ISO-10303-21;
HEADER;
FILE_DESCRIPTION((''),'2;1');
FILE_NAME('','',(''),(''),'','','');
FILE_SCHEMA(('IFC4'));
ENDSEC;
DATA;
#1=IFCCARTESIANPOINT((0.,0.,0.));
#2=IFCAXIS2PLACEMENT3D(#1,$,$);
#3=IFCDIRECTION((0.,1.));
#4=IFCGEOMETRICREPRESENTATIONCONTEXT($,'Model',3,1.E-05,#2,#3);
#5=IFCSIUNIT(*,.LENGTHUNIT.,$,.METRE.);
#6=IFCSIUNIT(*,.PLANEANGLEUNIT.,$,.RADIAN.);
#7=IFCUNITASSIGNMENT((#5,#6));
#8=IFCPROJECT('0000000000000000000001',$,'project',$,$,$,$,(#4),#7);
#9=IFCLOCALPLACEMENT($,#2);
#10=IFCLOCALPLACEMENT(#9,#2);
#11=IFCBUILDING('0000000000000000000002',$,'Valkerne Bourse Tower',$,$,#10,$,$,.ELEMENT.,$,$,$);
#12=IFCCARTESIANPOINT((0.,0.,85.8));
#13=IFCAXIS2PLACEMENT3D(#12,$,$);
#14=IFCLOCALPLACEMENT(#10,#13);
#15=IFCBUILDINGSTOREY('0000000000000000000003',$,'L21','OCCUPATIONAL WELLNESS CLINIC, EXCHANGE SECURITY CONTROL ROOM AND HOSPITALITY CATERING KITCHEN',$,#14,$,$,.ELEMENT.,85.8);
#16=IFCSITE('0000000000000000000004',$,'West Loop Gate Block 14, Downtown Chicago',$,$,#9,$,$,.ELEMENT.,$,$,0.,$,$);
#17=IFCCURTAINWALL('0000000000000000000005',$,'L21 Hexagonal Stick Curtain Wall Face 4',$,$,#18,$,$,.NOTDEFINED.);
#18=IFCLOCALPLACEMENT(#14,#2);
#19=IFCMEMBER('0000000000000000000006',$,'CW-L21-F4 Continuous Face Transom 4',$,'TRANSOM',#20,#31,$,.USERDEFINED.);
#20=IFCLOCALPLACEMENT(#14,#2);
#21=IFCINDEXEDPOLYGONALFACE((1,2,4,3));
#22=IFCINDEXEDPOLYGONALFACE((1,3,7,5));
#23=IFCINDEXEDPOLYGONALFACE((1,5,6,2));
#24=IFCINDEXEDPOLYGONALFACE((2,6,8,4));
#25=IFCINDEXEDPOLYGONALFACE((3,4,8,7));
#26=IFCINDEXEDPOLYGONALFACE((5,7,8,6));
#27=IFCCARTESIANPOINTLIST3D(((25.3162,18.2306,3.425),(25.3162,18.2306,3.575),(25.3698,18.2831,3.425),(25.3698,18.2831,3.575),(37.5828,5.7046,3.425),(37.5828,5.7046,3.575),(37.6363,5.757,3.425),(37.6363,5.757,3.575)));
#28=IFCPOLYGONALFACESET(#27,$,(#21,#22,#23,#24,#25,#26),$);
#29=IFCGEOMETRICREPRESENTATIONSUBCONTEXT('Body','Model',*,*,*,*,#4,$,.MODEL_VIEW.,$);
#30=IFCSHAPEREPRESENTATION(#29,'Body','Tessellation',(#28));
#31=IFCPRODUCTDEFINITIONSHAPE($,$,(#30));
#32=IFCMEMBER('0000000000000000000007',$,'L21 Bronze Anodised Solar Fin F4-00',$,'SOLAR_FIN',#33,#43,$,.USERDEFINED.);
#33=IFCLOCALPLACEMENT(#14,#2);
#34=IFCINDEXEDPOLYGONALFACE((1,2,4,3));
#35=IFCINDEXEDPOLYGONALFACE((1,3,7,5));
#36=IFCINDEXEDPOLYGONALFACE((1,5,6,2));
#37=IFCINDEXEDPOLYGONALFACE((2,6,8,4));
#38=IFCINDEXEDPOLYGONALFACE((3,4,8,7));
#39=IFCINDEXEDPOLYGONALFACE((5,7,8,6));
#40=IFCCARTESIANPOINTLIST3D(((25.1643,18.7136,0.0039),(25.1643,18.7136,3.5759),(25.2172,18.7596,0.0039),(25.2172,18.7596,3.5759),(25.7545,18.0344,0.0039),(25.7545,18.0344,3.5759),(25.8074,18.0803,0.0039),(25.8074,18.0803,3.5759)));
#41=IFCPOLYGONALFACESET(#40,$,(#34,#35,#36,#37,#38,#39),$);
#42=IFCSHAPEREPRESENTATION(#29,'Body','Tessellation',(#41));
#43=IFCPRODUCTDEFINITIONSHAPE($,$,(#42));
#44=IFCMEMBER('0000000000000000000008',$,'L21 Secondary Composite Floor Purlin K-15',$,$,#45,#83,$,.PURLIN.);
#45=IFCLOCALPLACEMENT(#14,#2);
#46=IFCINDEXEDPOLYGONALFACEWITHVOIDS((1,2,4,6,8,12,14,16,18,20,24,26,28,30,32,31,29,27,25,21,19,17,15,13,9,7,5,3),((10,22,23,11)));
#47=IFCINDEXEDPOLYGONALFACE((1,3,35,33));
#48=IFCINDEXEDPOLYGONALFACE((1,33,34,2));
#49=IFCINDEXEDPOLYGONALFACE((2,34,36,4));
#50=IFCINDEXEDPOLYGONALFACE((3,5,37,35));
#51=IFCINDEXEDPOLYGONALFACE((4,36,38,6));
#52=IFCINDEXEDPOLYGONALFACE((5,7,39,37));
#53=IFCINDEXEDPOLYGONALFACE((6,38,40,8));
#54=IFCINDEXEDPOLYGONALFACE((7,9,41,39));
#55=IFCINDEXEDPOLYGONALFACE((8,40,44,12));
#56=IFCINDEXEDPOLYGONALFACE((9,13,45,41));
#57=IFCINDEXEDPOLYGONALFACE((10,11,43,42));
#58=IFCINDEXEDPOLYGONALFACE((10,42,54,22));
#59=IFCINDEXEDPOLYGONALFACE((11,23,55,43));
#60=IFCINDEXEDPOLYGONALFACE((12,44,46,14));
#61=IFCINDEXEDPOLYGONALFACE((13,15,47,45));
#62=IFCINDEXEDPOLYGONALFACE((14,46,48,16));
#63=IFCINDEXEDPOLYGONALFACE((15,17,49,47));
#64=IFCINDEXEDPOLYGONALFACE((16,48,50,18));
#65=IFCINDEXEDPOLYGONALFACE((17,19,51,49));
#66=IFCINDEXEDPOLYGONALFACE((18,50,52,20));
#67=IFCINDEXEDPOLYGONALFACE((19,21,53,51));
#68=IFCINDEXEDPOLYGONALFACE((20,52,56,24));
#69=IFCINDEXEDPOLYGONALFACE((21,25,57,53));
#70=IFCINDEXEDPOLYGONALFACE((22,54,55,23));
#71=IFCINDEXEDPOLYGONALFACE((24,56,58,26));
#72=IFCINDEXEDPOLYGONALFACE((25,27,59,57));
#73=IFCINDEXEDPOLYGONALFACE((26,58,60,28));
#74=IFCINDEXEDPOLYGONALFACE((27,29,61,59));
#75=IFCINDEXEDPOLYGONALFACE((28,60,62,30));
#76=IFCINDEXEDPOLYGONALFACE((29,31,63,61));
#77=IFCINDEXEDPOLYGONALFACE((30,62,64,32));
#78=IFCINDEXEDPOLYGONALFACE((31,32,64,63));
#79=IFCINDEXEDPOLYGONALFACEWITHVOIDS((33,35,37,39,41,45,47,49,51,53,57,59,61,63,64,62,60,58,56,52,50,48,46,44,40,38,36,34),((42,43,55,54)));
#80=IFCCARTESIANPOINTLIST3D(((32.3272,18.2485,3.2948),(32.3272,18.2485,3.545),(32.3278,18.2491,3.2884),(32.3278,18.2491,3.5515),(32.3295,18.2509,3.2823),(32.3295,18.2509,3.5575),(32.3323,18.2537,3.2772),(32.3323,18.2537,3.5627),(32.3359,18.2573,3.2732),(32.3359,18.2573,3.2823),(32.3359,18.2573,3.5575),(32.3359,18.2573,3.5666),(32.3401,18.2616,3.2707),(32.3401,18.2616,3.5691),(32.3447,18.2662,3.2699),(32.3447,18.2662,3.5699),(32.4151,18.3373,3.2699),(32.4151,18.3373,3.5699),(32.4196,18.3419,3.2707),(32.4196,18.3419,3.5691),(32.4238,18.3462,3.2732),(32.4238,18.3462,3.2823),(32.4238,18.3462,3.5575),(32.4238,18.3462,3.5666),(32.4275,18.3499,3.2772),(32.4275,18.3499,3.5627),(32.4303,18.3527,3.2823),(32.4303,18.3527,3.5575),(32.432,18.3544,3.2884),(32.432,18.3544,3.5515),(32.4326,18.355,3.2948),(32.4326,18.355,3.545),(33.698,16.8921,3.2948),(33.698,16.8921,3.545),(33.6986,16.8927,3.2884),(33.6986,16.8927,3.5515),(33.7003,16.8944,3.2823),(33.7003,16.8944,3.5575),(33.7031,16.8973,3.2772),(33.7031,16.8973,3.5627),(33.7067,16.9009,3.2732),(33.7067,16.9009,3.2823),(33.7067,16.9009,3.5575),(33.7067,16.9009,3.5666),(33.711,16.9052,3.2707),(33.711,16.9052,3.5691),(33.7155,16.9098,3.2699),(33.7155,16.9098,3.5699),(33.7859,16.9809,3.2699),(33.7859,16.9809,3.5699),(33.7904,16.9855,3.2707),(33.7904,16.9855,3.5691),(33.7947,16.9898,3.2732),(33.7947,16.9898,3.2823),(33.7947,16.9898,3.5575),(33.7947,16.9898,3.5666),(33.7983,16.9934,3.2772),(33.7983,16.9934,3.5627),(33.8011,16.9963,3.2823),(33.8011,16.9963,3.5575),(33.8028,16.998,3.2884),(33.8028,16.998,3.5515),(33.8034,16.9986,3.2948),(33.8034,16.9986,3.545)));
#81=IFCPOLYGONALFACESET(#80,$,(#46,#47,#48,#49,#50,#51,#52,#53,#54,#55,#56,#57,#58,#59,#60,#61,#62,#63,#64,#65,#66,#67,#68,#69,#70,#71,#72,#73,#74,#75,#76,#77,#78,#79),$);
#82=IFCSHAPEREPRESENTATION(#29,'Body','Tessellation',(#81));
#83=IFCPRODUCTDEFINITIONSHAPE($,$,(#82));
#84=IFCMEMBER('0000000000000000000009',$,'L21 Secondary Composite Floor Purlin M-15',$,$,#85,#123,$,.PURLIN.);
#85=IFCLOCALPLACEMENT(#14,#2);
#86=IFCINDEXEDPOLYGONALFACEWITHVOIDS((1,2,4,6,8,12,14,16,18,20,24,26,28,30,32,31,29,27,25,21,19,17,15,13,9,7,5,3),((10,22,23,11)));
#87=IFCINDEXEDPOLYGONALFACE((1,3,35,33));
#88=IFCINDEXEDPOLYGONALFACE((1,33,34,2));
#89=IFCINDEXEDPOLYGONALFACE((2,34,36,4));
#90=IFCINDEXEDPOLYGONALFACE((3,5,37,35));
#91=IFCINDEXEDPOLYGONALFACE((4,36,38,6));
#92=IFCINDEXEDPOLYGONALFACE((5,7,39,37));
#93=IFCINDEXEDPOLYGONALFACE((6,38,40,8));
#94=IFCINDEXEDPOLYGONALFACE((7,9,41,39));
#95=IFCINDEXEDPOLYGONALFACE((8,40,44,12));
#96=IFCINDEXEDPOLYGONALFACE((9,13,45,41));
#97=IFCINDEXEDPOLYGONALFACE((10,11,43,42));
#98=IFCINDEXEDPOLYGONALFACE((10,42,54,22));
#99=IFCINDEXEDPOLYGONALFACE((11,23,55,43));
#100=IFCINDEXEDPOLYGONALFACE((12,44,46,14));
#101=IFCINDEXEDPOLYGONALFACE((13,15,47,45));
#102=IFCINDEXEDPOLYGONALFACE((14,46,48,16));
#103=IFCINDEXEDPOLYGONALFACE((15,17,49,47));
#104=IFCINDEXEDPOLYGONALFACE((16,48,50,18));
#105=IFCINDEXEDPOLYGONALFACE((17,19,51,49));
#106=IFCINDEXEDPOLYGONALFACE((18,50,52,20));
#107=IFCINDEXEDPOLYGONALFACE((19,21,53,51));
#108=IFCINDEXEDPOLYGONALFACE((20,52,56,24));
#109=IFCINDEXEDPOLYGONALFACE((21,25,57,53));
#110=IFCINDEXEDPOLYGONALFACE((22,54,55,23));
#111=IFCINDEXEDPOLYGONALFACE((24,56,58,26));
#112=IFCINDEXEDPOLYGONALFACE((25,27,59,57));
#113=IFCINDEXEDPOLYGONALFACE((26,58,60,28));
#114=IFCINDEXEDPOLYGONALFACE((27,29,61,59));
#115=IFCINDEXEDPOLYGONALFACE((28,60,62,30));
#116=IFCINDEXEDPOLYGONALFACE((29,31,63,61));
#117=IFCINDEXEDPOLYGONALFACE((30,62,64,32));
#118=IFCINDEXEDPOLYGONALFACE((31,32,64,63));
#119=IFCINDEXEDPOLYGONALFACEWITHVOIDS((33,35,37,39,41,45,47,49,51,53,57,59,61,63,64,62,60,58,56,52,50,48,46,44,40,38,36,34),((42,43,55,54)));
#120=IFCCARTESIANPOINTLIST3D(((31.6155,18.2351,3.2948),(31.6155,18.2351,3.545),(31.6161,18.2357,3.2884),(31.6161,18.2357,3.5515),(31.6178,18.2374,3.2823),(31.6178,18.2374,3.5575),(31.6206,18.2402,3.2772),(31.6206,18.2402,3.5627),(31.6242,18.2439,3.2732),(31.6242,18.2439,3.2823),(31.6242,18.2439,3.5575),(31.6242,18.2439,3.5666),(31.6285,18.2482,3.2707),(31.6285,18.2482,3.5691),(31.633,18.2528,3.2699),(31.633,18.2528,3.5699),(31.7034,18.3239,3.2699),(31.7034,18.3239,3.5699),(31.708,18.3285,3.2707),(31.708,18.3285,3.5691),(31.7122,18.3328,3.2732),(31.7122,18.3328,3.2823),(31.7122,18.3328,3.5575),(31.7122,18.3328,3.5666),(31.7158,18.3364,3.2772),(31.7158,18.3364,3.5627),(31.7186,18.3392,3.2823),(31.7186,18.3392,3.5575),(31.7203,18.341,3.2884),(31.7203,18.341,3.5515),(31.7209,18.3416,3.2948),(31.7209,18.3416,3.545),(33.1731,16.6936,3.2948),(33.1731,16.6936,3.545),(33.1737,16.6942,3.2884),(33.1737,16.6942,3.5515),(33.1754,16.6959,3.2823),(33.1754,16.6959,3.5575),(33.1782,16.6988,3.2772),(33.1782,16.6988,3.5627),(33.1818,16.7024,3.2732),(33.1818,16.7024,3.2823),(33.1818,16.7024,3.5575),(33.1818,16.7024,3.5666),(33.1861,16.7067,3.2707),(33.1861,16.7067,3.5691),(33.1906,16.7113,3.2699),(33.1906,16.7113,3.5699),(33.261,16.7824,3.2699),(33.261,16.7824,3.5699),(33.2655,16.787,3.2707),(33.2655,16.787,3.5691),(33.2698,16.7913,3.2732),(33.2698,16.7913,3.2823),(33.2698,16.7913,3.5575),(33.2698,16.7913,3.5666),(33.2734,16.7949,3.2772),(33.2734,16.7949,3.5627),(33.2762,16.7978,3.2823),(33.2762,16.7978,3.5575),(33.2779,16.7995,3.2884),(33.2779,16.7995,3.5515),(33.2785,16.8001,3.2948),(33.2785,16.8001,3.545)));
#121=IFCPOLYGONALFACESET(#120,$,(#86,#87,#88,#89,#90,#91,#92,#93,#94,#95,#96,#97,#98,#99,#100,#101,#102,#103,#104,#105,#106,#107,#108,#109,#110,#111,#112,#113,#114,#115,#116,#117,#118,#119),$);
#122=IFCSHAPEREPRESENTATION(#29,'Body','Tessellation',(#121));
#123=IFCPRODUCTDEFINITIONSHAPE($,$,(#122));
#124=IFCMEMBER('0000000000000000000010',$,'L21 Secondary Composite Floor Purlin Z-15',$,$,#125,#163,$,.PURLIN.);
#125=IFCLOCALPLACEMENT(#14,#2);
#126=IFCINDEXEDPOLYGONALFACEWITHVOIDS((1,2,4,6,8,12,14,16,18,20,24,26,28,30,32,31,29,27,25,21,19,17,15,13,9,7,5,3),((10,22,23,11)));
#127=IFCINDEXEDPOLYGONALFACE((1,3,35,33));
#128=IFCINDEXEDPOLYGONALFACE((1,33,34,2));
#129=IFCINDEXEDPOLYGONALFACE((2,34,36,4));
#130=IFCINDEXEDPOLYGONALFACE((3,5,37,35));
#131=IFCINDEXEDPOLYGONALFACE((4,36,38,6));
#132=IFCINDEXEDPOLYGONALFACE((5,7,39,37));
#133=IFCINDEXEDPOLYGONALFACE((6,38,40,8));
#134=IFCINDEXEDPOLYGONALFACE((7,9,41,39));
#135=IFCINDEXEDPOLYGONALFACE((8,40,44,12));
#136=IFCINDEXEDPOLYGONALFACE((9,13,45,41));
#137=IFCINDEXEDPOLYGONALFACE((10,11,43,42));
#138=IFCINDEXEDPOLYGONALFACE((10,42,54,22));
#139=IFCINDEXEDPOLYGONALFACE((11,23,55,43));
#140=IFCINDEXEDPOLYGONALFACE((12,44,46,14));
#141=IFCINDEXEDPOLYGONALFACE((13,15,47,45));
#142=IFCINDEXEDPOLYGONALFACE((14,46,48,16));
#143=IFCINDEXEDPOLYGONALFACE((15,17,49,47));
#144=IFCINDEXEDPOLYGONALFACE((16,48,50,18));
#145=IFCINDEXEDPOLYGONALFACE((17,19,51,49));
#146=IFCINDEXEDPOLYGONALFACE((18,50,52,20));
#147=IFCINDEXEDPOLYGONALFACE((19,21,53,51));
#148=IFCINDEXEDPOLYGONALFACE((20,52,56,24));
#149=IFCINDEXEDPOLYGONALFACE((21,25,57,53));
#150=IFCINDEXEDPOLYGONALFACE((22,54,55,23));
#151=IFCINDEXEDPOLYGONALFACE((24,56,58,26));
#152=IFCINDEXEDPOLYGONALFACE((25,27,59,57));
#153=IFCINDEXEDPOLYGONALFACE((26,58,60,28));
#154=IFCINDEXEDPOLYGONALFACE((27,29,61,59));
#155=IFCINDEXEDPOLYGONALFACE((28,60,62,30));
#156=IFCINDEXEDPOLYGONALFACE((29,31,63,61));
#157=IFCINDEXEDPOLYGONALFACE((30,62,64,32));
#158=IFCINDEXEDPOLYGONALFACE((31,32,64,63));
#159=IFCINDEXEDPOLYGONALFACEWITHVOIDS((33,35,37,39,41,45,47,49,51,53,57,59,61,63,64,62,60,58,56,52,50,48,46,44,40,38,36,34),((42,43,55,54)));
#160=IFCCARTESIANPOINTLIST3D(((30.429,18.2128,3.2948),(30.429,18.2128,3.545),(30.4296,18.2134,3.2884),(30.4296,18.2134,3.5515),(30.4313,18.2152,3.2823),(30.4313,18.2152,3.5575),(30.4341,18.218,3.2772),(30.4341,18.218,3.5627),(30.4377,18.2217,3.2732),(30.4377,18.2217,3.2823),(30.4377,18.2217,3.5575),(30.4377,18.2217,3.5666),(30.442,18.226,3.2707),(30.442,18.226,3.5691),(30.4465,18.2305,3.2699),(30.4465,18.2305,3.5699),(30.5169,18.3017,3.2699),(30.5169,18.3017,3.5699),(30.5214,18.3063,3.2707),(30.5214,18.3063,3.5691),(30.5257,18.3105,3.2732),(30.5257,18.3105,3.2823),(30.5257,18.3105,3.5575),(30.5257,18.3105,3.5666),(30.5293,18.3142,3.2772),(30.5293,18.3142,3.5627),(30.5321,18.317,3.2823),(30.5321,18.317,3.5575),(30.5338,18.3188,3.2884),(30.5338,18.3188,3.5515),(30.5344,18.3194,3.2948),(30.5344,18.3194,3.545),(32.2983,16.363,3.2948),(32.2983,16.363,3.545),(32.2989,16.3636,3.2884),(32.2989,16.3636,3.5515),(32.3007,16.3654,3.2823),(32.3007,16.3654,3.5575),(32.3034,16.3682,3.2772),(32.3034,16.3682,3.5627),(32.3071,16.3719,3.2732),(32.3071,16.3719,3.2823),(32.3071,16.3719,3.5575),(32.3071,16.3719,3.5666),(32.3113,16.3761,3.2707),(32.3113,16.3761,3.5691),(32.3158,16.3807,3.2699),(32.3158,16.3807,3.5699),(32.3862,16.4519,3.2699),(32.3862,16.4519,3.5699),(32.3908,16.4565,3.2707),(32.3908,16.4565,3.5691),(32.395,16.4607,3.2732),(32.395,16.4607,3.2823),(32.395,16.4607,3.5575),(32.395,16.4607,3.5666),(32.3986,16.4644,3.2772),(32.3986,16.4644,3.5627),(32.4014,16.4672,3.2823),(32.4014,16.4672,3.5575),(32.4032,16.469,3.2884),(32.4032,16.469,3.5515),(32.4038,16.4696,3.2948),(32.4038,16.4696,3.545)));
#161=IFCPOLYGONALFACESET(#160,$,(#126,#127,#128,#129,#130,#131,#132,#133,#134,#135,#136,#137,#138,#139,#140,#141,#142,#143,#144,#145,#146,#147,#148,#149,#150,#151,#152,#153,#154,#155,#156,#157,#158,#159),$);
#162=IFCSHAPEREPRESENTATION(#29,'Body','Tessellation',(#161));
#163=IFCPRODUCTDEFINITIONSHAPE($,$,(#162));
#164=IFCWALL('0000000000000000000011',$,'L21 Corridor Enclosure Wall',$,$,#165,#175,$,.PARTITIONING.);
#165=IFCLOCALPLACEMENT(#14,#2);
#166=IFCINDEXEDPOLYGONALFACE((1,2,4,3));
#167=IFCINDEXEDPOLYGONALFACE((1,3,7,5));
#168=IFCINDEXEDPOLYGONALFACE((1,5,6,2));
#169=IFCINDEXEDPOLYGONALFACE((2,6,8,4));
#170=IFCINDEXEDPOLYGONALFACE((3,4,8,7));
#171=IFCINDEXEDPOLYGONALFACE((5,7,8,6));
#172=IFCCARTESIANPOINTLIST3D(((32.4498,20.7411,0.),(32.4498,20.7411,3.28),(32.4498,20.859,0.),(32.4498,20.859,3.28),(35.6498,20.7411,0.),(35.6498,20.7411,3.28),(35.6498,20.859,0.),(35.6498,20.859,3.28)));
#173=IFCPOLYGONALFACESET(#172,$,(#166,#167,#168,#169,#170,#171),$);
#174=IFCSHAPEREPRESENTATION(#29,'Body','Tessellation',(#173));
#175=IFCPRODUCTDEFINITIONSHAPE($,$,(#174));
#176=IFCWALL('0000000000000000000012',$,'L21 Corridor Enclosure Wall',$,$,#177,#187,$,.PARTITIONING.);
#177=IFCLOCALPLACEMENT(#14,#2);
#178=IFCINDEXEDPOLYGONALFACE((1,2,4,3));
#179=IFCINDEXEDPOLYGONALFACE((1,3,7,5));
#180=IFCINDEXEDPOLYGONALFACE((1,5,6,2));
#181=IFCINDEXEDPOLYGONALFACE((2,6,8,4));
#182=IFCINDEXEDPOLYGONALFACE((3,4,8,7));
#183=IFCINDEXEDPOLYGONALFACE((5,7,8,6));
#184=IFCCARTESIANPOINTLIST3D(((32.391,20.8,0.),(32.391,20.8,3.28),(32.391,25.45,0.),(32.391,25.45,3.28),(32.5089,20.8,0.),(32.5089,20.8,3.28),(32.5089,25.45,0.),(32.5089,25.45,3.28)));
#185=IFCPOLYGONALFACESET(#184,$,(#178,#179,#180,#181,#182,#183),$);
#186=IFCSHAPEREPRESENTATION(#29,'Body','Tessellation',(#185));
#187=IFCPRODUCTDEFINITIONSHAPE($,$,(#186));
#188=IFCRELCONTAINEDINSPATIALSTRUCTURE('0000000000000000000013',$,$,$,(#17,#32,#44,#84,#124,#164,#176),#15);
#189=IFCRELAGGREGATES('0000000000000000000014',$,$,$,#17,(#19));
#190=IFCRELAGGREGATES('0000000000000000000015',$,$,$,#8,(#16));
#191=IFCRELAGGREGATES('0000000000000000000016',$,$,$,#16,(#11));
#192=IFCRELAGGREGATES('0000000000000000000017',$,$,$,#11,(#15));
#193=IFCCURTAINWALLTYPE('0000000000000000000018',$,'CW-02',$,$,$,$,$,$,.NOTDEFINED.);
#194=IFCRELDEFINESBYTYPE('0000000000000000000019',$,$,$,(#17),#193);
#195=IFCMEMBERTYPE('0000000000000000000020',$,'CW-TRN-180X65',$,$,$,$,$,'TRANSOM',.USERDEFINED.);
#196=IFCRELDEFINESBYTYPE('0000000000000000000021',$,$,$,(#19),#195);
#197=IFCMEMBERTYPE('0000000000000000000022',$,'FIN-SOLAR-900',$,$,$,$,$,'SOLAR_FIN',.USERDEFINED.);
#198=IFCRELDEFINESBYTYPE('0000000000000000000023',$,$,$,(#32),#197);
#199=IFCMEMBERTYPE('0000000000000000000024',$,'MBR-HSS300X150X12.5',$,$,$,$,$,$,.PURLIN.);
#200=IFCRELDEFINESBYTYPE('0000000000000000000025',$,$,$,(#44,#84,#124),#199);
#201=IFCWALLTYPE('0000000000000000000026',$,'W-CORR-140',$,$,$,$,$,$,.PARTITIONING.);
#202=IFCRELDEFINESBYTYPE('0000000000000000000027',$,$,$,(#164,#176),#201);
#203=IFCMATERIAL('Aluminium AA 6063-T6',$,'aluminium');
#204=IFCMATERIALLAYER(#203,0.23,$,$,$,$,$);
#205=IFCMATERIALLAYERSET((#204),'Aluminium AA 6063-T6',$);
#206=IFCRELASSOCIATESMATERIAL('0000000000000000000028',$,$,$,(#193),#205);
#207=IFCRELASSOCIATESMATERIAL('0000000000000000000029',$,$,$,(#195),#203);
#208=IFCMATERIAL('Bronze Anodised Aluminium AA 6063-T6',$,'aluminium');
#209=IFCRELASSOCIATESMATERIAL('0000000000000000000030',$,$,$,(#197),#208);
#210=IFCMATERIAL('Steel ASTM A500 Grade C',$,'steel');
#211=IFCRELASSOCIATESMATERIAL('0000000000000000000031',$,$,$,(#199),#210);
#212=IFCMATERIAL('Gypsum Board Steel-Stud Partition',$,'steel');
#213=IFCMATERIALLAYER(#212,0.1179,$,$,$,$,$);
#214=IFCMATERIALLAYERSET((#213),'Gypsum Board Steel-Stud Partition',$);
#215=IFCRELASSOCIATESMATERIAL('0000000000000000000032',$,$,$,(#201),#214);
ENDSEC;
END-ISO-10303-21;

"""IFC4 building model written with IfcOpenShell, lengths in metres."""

from ifc_helpers import new_model, si_unit, direction, frame, frame_2d, origin, origin_2d, place, context, subcontext, project, spatial, rectangle, hollow_rectangle, extrude, material, layer, layer_set, material_profile, profile_set, type_object, element, aggregate, save


model = new_model("IFC4")

# Units and contexts
model_context = context("Model", 3, precision=1e-05, world=origin(), true_north=direction((0.0, 1.0)))
body_context = subcontext(model_context, "Body", "Model", "MODEL_VIEW")
ifc_project = project(units=[si_unit("LENGTHUNIT", "METRE"), si_unit("PLANEANGLEUNIT", "RADIAN")], contexts=[model_context])

# Site, building, storey
site_placement = place(None, origin())
site = spatial("IfcSite", under=ifc_project, at=site_placement, Name="West Loop Gate Block 14, Downtown Chicago", CompositionType="ELEMENT", RefElevation=0.0)
building_placement = place(site_placement, origin())
building = spatial("IfcBuilding", under=site, at=building_placement, Name="Valkerne Bourse Tower", CompositionType="ELEMENT")
storey_placement = place(building_placement, frame((0.0, 0.0, 85.8)))
storey = spatial("IfcBuildingStorey", under=building, at=storey_placement, Name="L21", Description="OCCUPATIONAL WELLNESS CLINIC, EXCHANGE SECURITY CONTROL ROOM AND HOSPITALITY CATERING KITCHEN", CompositionType="ELEMENT", Elevation=85.8)

# Curtain wall, member
ifc_material_1 = material(Name="Aluminium AA 6063-T6", Category="aluminium")
ifc_layer_1 = layer(ifc_material_1, 0.23)
ifc_layer_set_1 = layer_set([ifc_layer_1], Name="Aluminium AA 6063-T6")
curtain_wall_type = type_object("IfcCurtainWallType", Name="CW-02", PredefinedType="NOTDEFINED", material=ifc_layer_set_1)
curtain_wall_placement = place(storey_placement, origin())
curtain_wall = element("IfcCurtainWall", 1, at=curtain_wall_placement, inside=storey, type_object=curtain_wall_type, Name="L21 Hexagonal Stick Curtain Wall Face 4", PredefinedType="NOTDEFINED")
ifc_material_profile_1 = material_profile(ifc_material_1, rectangle(XDim=0.075, YDim=0.1499, at=origin_2d()), Name="CWT-75X150")
ifc_profile_set_1 = profile_set([ifc_material_profile_1], Name="Aluminium AA 6063-T6")
member_type_1 = type_object("IfcMemberType", Name="CW-TRN-180X65", ElementType="TRANSOM", PredefinedType="USERDEFINED", material=ifc_profile_set_1)
member_1_placement = place(storey_placement, frame((25.343, 18.2568, 3.5), z_axis=(0.699667, -0.714469, 0.0), x_axis=(0.714469, 0.699667, 0.0)))
member_1 = element("IfcMember", 2, at=member_1_placement, type_object=member_type_1, Name="CW-L21-F4 Continuous Face Transom 4", ObjectType="TRANSOM", PredefinedType="USERDEFINED", context=body_context, shape_type="SweptSolid", body=[
    extrude(rectangle(XDim=0.075, YDim=0.1499, at=origin_2d()), origin(), (0.0, 0.0, 1.0), 17.532),
])
aggregate(curtain_wall, [member_1])

# Members
ifc_material_2 = material(Name="Bronze Anodised Aluminium AA 6063-T6", Category="aluminium")
ifc_material_profile_2 = material_profile(ifc_material_2, rectangle(XDim=0.0701, YDim=0.8999, at=origin_2d()), Name="FIN-70X900")
ifc_profile_set_2 = profile_set([ifc_material_profile_2], Name="Bronze Anodised Aluminium AA 6063-T6")
member_type_2 = type_object("IfcMemberType", Name="FIN-SOLAR-900", ElementType="SOLAR_FIN", PredefinedType="USERDEFINED", material=ifc_profile_set_2)
member_2_placement = place(storey_placement, frame((25.4858, 18.397, 0.0039), z_axis=(0.0, 0.0, 1.0), x_axis=(-0.754843, -0.655906, 0.0)))
element("IfcMember", 3, at=member_2_placement, inside=storey, type_object=member_type_2, Name="L21 Bronze Anodised Solar Fin F4-00", ObjectType="SOLAR_FIN", PredefinedType="USERDEFINED", context=body_context, shape_type="SweptSolid", body=[
    extrude(rectangle(XDim=0.0701, YDim=0.8999, at=origin_2d()), origin(), (0.0, 0.0, 1.0), 3.572),
])
ifc_material_3 = material(Name="Steel ASTM A500 Grade C", Category="steel")
ifc_material_profile_3 = material_profile(ifc_material_3, hollow_rectangle(XDim=0.1499, YDim=0.3, WallThickness=0.0125, OuterFilletRadius=0.0249, at=origin_2d()), Name="HSS300X150X12.5")
ifc_profile_set_3 = profile_set([ifc_material_profile_3], Name="Steel ASTM A500 Grade C")
member_type_3 = type_object("IfcMemberType", Name="MBR-HSS300X150X12.5", PredefinedType="PURLIN", material=ifc_profile_set_3)
member_3_placement = place(storey_placement, frame((32.3799, 18.3018, 3.4199), z_axis=(0.710831, -0.703362, 0.0), x_axis=(0.703362, 0.710831, 0.0)))
element("IfcMember", 4, at=member_3_placement, inside=storey, type_object=member_type_3, Name="L21 Secondary Composite Floor Purlin K-15", PredefinedType="PURLIN", context=body_context, shape_type="SweptSolid", body=[
    extrude(hollow_rectangle(XDim=0.1499, YDim=0.3, WallThickness=0.0125, OuterFilletRadius=0.0249, at=origin_2d()), origin(), (0.0, 0.0, 1.0), 1.9285),
])
member_4_placement = place(storey_placement, frame((31.6682, 18.2883, 3.4199), z_axis=(0.710774, -0.703421, 0.0), x_axis=(0.703421, 0.710774, 0.0)))
element("IfcMember", 5, at=member_4_placement, inside=storey, type_object=member_type_3, Name="L21 Secondary Composite Floor Purlin M-15", PredefinedType="PURLIN", context=body_context, shape_type="SweptSolid", body=[
    extrude(hollow_rectangle(XDim=0.1499, YDim=0.3, WallThickness=0.0125, OuterFilletRadius=0.0249, at=origin_2d()), origin(), (0.0, 0.0, 1.0), 2.1914),
])
member_5_placement = place(storey_placement, frame((30.4817, 18.2661, 3.4199), z_axis=(0.71081, -0.703384, 0.0), x_axis=(0.703384, 0.71081, 0.0)))
element("IfcMember", 6, at=member_5_placement, inside=storey, type_object=member_type_3, Name="L21 Secondary Composite Floor Purlin Z-15", PredefinedType="PURLIN", context=body_context, shape_type="SweptSolid", body=[
    extrude(hollow_rectangle(XDim=0.1499, YDim=0.3, WallThickness=0.0125, OuterFilletRadius=0.0249, at=origin_2d()), origin(), (0.0, 0.0, 1.0), 2.6299),
])

# Walls
ifc_material_4 = material(Name="Gypsum Board Steel-Stud Partition", Category="steel")
ifc_layer_2 = layer(ifc_material_4, 0.1179)
ifc_layer_set_2 = layer_set([ifc_layer_2], Name="Gypsum Board Steel-Stud Partition")
wall_type_1 = type_object("IfcWallType", Name="W-CORR-140", PredefinedType="PARTITIONING", material=ifc_layer_set_2)
wall_1_placement = place(storey_placement, frame((35.6499, 20.8, 0.0), z_axis=(0.0, 0.0, 1.0), x_axis=(-1.0, 0.0, 0.0)))
element("IfcWall", 7, at=wall_1_placement, inside=storey, type_object=wall_type_1, Name="L21 Corridor Enclosure Wall", PredefinedType="PARTITIONING", context=body_context, shape_type="SweptSolid", body=[
    extrude(rectangle(XDim=3.2, YDim=0.1179, at=frame_2d((1.6001, 0.0))), origin(), (0.0, 0.0, 1.0), 3.28),
])
wall_2_placement = place(storey_placement, frame((32.45, 20.8, 0.0), z_axis=(0.0, 0.0, 1.0), x_axis=(0.0, 1.0, 0.0)))
element("IfcWall", 8, at=wall_2_placement, inside=storey, type_object=wall_type_1, Name="L21 Corridor Enclosure Wall", PredefinedType="PARTITIONING", context=body_context, shape_type="SweptSolid", body=[
    extrude(rectangle(XDim=4.6499, YDim=0.1179, at=frame_2d((2.325, 0.0))), origin(), (0.0, 0.0, 1.0), 3.28),
])

save(model, "model.ifc")
